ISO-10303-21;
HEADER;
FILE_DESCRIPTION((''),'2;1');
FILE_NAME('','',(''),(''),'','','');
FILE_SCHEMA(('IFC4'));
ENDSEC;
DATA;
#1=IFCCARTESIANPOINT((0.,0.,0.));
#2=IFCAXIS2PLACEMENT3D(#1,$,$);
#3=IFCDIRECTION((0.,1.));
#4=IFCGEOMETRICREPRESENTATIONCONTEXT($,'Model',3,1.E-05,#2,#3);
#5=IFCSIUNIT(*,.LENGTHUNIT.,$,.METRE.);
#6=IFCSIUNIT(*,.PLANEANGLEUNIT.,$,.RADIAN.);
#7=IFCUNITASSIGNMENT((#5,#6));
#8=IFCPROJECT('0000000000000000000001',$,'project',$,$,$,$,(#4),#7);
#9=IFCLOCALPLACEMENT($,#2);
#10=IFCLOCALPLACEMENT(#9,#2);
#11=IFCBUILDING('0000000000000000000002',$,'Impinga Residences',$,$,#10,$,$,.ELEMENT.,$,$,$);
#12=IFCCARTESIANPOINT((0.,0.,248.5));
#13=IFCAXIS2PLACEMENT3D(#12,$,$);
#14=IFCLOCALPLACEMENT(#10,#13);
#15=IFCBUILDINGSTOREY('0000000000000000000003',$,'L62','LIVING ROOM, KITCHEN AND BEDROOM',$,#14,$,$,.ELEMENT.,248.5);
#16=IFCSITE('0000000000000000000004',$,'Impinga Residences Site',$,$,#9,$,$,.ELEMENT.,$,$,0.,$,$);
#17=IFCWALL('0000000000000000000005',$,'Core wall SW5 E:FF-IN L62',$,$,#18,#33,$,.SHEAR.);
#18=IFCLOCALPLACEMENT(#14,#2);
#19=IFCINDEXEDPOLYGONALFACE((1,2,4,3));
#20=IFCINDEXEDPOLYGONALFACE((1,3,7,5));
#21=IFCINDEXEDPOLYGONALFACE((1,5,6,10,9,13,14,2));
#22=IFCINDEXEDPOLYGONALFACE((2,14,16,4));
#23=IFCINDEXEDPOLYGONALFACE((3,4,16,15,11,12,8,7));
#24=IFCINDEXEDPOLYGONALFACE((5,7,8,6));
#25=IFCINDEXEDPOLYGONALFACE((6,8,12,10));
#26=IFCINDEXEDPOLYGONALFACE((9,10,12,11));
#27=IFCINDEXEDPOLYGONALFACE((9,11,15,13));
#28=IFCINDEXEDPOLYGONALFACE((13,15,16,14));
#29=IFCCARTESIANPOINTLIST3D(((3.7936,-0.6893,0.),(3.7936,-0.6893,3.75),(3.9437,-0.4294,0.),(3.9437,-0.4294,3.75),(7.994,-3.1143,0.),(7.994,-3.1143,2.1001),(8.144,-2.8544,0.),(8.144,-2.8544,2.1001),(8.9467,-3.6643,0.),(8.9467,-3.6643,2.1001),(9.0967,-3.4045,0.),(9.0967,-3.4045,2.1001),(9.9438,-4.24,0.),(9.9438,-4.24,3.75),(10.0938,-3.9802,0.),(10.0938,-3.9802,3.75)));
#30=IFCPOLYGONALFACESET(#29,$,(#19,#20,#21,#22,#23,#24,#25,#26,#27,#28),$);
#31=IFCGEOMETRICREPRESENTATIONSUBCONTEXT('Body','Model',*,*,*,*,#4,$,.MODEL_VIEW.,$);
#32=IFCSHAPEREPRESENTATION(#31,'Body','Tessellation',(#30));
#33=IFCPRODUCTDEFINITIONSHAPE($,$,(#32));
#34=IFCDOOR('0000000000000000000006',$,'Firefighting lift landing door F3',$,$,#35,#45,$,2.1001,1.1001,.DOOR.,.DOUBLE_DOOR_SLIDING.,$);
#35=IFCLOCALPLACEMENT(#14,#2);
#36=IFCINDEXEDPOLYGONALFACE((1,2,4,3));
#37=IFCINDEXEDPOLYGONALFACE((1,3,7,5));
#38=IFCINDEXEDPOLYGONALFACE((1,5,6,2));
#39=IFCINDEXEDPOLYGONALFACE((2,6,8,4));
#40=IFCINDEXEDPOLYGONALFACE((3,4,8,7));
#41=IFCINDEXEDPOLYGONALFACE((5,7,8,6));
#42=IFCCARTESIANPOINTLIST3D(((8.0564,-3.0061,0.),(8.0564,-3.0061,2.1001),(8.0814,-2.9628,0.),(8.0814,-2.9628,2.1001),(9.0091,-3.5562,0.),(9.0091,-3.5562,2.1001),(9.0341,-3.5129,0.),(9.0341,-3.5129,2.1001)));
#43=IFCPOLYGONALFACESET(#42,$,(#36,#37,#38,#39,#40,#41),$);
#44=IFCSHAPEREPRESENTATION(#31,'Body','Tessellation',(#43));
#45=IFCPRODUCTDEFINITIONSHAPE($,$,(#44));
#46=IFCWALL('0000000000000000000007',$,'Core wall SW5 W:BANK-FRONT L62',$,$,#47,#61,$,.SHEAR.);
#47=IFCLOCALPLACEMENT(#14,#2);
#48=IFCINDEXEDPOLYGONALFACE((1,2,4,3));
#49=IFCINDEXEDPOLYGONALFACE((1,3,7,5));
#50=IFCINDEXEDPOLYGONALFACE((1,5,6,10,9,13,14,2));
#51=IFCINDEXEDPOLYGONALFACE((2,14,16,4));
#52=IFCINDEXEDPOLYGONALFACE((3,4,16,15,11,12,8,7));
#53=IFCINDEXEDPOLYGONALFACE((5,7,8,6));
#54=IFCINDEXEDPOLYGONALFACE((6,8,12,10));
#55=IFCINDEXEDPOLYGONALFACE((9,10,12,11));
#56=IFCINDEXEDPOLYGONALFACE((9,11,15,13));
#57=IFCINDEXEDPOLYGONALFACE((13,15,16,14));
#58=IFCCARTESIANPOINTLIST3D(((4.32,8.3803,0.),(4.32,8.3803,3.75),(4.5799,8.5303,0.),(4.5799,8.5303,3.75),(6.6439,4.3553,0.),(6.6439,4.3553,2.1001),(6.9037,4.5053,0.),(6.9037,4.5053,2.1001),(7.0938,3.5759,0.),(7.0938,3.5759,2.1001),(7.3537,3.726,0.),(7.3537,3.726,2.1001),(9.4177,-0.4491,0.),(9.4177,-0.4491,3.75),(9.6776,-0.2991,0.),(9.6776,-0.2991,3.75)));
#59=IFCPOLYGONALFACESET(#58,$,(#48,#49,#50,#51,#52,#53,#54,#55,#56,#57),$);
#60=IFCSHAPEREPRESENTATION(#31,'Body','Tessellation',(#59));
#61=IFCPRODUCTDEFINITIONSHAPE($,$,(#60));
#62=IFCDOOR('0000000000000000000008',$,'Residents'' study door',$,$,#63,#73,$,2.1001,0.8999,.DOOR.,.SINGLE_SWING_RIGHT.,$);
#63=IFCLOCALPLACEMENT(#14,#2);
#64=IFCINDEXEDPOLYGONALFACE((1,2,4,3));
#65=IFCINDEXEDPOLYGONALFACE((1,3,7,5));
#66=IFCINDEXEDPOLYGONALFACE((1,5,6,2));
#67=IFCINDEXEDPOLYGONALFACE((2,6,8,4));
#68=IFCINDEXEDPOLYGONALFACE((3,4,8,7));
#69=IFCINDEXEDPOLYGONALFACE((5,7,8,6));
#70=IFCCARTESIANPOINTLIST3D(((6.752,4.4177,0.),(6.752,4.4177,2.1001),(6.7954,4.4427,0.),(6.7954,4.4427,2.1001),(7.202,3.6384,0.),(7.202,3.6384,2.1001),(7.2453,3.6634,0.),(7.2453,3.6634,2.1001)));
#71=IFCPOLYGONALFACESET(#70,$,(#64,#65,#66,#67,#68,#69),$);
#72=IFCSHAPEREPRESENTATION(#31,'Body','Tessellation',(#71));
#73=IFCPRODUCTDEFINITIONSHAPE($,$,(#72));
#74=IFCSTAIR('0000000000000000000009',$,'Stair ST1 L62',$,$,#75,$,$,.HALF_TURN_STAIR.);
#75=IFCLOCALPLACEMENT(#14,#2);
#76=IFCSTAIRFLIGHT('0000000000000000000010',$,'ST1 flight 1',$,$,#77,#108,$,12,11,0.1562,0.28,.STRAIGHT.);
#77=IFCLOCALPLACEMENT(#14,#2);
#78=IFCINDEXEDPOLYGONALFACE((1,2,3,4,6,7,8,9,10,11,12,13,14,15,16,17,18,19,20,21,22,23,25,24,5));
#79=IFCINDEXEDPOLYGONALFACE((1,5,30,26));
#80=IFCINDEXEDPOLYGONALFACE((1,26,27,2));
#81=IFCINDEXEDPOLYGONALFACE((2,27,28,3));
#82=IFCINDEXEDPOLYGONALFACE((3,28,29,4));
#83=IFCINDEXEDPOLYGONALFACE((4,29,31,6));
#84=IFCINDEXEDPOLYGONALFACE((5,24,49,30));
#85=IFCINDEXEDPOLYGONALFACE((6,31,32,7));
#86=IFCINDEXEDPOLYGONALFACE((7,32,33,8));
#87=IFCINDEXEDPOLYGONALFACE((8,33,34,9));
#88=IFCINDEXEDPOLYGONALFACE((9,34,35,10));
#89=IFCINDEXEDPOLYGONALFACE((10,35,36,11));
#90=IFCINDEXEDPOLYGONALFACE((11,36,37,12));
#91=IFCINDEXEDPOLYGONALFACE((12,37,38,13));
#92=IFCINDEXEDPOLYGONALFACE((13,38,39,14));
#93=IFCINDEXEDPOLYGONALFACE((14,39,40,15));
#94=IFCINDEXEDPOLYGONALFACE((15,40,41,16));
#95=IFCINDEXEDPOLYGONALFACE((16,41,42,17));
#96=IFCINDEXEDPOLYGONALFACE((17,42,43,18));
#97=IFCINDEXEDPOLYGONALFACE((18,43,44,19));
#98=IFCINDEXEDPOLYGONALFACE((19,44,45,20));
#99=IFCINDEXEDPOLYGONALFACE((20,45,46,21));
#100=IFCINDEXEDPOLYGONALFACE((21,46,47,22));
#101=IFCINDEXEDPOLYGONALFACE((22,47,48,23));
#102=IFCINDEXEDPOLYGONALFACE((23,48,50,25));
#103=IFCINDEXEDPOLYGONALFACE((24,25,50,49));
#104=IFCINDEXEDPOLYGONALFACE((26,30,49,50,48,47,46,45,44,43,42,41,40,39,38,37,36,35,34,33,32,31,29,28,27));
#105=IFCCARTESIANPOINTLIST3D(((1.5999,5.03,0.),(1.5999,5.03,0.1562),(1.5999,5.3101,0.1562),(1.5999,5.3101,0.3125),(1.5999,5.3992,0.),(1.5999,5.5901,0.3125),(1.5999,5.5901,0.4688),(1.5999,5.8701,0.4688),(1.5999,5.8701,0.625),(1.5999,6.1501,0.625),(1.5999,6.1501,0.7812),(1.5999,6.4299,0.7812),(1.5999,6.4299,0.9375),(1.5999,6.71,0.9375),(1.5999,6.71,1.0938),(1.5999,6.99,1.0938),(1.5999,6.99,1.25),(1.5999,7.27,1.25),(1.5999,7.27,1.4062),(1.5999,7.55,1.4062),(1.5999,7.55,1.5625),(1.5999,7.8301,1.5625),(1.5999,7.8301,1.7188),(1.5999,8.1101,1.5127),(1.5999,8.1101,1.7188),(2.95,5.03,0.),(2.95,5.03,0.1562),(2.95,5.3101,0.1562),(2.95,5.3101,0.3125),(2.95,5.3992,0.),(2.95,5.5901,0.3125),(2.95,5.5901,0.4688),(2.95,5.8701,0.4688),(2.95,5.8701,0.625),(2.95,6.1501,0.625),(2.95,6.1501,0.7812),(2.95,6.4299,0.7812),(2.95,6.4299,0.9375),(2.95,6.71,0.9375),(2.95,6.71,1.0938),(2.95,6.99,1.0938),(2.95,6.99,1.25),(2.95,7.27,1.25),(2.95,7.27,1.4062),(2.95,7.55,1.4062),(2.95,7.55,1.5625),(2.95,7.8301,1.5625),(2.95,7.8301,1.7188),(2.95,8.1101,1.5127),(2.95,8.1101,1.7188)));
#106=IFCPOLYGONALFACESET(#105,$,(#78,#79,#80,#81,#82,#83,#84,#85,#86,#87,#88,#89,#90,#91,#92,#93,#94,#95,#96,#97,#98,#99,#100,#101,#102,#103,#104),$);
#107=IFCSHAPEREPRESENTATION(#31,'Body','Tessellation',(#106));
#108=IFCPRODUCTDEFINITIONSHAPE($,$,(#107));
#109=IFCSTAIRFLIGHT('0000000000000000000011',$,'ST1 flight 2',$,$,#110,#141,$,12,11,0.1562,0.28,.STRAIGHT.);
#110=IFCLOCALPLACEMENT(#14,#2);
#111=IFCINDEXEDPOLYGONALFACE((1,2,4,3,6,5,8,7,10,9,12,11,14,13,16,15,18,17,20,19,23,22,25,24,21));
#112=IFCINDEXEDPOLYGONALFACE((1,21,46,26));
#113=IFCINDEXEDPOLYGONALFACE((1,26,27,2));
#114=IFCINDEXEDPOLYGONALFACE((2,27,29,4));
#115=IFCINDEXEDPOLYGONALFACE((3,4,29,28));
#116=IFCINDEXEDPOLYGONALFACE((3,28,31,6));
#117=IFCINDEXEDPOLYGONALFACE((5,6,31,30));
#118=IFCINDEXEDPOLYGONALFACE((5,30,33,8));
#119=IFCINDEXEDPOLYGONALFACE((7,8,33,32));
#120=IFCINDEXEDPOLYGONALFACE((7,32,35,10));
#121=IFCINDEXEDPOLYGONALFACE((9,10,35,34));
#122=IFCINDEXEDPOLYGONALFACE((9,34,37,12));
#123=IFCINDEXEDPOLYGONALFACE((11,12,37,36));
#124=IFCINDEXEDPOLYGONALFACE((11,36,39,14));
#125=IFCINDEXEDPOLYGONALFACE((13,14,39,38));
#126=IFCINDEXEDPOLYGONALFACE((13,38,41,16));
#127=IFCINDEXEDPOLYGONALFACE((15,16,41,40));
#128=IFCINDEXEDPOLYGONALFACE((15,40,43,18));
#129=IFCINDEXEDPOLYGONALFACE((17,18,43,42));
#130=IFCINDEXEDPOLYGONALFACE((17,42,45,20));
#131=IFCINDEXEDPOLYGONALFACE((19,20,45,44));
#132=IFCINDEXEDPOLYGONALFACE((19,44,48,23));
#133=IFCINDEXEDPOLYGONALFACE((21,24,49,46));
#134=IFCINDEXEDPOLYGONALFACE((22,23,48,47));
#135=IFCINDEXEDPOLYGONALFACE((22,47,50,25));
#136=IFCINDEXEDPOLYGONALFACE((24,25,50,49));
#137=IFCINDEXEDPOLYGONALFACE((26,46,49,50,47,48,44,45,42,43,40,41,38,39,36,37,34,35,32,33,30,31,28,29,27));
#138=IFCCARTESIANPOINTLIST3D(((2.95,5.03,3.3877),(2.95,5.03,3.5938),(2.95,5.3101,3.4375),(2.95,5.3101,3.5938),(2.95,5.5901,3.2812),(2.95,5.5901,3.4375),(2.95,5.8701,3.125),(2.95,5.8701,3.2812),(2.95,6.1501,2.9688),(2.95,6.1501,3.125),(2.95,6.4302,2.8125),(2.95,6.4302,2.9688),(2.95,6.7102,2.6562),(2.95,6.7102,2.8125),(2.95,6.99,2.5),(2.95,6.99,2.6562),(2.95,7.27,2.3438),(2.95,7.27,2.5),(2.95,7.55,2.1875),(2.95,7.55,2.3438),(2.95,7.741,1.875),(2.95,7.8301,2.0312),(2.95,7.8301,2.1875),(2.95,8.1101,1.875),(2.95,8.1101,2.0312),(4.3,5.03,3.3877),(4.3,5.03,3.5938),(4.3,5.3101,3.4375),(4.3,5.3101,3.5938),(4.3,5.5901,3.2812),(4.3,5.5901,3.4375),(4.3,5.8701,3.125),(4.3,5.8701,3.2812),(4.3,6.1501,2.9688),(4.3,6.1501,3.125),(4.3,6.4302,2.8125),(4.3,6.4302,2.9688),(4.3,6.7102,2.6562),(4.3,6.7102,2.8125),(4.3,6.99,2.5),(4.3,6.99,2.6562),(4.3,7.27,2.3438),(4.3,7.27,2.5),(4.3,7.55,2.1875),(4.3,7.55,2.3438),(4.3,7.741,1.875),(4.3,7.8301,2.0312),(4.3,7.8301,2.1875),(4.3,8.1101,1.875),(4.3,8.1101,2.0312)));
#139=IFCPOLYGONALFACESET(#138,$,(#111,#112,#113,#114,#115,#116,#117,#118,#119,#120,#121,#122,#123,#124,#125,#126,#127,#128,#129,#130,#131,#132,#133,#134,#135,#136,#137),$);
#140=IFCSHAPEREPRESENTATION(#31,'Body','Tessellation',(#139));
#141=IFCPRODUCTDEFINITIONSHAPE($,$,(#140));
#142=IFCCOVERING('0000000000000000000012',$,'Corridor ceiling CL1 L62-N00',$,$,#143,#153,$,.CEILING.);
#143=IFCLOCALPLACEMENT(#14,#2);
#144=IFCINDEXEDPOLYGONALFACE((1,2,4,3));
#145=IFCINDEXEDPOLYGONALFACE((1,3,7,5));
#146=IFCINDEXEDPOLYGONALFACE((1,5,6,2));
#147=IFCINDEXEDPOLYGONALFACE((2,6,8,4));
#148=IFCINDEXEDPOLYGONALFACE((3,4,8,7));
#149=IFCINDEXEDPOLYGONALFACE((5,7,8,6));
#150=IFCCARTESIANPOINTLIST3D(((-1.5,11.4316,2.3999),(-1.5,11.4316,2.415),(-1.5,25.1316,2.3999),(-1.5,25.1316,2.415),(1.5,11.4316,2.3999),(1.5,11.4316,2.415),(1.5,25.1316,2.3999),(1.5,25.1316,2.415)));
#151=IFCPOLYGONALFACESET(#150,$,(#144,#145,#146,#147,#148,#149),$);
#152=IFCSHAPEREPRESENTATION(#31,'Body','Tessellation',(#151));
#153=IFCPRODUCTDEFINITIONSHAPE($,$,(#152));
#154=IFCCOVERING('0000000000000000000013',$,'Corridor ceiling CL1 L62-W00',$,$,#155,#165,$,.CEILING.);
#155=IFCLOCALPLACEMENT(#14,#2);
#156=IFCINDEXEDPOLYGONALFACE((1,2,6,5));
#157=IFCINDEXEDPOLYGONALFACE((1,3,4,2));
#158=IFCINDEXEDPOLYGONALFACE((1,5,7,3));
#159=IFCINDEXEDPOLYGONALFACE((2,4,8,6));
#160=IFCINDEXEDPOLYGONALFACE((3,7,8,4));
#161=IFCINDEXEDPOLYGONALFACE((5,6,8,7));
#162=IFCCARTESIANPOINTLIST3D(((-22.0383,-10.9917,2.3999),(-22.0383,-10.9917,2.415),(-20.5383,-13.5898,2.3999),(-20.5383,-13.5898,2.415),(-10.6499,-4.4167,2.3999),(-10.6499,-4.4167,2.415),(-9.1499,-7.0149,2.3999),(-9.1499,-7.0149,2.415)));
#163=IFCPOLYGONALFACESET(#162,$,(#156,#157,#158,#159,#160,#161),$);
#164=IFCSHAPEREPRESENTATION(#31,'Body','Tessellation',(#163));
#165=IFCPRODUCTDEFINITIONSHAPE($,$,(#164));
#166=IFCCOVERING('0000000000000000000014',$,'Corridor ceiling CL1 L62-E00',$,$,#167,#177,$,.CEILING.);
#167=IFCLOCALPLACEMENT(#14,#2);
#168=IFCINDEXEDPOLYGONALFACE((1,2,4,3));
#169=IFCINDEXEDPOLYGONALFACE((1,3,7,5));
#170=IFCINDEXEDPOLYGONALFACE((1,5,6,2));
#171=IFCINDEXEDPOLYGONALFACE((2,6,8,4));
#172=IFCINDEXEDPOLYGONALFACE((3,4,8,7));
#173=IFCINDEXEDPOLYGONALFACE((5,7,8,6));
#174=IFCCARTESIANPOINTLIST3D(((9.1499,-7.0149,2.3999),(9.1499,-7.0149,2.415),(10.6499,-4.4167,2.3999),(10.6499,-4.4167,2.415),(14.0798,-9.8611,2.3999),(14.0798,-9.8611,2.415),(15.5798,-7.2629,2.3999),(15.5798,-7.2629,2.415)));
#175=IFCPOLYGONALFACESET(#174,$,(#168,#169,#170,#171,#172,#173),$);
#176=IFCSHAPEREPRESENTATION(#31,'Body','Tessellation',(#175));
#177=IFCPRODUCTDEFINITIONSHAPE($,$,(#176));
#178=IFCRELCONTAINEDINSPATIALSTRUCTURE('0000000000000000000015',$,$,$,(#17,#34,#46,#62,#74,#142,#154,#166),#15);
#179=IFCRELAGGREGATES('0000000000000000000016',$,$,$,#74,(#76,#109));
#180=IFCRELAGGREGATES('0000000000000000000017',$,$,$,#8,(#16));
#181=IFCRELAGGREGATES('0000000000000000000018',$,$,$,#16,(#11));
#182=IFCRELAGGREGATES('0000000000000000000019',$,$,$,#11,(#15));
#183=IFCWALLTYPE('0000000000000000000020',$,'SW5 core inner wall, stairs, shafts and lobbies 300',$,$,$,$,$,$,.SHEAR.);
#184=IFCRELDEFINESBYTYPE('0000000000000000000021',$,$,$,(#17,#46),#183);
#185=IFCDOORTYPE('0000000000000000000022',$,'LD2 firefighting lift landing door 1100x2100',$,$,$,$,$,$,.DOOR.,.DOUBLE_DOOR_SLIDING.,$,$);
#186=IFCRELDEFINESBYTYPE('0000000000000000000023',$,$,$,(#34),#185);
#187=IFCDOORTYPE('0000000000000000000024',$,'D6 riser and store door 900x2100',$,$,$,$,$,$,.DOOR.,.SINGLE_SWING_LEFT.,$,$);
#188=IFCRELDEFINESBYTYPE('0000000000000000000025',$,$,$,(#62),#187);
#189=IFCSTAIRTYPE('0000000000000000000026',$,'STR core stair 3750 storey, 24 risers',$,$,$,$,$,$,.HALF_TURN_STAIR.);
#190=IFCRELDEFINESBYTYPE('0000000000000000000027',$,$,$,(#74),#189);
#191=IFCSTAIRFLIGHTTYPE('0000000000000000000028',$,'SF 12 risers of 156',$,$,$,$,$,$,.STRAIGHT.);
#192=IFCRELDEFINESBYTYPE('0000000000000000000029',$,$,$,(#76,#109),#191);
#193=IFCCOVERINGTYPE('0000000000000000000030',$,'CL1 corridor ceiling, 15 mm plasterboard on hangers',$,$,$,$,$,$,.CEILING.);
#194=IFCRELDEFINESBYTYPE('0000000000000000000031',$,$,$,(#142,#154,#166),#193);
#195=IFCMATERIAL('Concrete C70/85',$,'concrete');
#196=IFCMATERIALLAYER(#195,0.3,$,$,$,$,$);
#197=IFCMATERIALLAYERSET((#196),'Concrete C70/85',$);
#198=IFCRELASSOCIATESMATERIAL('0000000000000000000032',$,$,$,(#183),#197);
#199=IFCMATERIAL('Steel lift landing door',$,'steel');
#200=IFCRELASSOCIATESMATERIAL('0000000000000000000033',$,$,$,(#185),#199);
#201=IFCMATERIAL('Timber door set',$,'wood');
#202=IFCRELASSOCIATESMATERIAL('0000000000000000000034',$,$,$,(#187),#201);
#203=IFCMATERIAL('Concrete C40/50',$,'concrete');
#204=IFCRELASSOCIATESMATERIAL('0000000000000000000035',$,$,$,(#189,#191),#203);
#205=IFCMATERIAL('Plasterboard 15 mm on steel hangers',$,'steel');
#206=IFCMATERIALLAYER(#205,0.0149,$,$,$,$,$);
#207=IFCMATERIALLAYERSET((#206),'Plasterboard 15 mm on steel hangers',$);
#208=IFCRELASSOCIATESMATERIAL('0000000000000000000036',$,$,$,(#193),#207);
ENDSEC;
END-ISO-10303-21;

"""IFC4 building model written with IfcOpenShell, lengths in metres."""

from ifc_helpers import new_model, si_unit, direction, frame, frame_2d, origin, place, context, subcontext, project, spatial, polyline, rectangle, outline, extrude, material, layer, layer_set, type_object, element, fill, aggregate, save


model = new_model("IFC4")

# Units and contexts
model_context = context("Model", 3, precision=1e-05, world=origin(), true_north=direction((0.0, 1.0)))
body_context = subcontext(model_context, "Body", "Model", "MODEL_VIEW")
ifc_project = project(units=[si_unit("LENGTHUNIT", "METRE"), si_unit("PLANEANGLEUNIT", "RADIAN")], contexts=[model_context])

# Site, building, storey
site_placement = place(None, origin())
site = spatial("IfcSite", under=ifc_project, at=site_placement, Name="Impinga Residences Site", CompositionType="ELEMENT", RefElevation=0.0)
building_placement = place(site_placement, origin())
building = spatial("IfcBuilding", under=site, at=building_placement, Name="Impinga Residences", CompositionType="ELEMENT")
storey_placement = place(building_placement, frame((0.0, 0.0, 248.5)))
storey = spatial("IfcBuildingStorey", under=building, at=storey_placement, Name="L62", Description="LIVING ROOM, KITCHEN AND BEDROOM", CompositionType="ELEMENT", Elevation=248.5)

# Shared definitions
ifc_material_1 = material(Name="Concrete C40/50", Category="concrete")

# Shared definitions
ifc_material_2 = material(Name="Timber door set", Category="wood")

# Shared definitions
ifc_material_3 = material(Name="Concrete C70/85", Category="concrete")
ifc_layer_1 = layer(ifc_material_3, 0.3)
ifc_layer_set_1 = layer_set([ifc_layer_1], Name="Concrete C70/85")
wall_type_1 = type_object("IfcWallType", Name="SW5 core inner wall, stairs, shafts and lobbies 300", PredefinedType="SHEAR", material=ifc_layer_set_1)

# Walls, openings, doors
wall_1_placement = place(storey_placement, frame((3.8687, -0.5593, 0.0), z_axis=(0.0, 0.0, 1.0), x_axis=(0.866026, -0.499999, 0.0)))
wall_1 = element("IfcWall", 1, at=wall_1_placement, inside=storey, type_object=wall_type_1, Name="Core wall SW5 E:FF-IN L62", PredefinedType="SHEAR", context=body_context, shape_type="SweptSolid", body=[
    extrude(rectangle(XDim=7.1016, YDim=0.3, at=frame_2d((3.5508, 0.0))), origin(), (0.0, 0.0, 1.0), 3.75),
])
opening_1_placement = place(wall_1_placement, frame((4.8501, 0.0, 0.0)))
opening_1 = element("IfcOpeningElement", 2, at=opening_1_placement, cuts=wall_1, PredefinedType="OPENING", context=body_context, shape_type="SweptSolid", body=[
    extrude(rectangle(XDim=1.1001, YDim=2.1001, at=frame_2d((0.55, 1.05))), frame((0.0, 0.1599, 0.0), z_axis=(0.0, -1.0, 0.0), x_axis=(1.0, 0.0, 0.0)), (0.0, 0.0, 1.0), 0.3201),
])
ifc_material_4 = material(Name="Steel lift landing door", Category="steel")
door_type_1 = type_object("IfcDoorType", Name="LD2 firefighting lift landing door 1100x2100", OperationType="DOUBLE_DOOR_SLIDING", PredefinedType="DOOR", material=ifc_material_4)
door_1_placement = place(opening_1_placement, origin())
door_1 = element("IfcDoor", 3, at=door_1_placement, inside=storey, type_object=door_type_1, Name="Firefighting lift landing door F3", OperationType="DOUBLE_DOOR_SLIDING", OverallHeight=2.1001, OverallWidth=1.1001, PredefinedType="DOOR", context=body_context, shape_type="SweptSolid", body=[
    extrude(rectangle(XDim=1.1001, YDim=2.1001, at=frame_2d((0.55, 1.05))), frame((0.0, 0.0249, 0.0), z_axis=(0.0, -1.0, 0.0), x_axis=(1.0, 0.0, 0.0)), (0.0, 0.0, 1.0), 0.05),
])
fill(opening_1, door_1)
wall_2_placement = place(storey_placement, frame((4.45, 8.4553, 0.0), z_axis=(0.0, 0.0, 1.0), x_axis=(0.500002, -0.866024, 0.0)))
wall_2 = element("IfcWall", 4, at=wall_2_placement, inside=storey, type_object=wall_type_1, Name="Core wall SW5 W:BANK-FRONT L62", PredefinedType="SHEAR", context=body_context, shape_type="SweptSolid", body=[
    extrude(rectangle(XDim=10.1953, YDim=0.3, at=frame_2d((5.0977, 0.0))), origin(), (0.0, 0.0, 1.0), 3.75),
])
opening_2_placement = place(wall_2_placement, frame((4.6477, 0.0, 0.0)))
opening_2 = element("IfcOpeningElement", 5, at=opening_2_placement, cuts=wall_2, PredefinedType="OPENING", context=body_context, shape_type="SweptSolid", body=[
    extrude(rectangle(XDim=0.8999, YDim=2.1001, at=frame_2d((0.45, 1.05))), frame((0.0, 0.1599, 0.0), z_axis=(0.0, -1.0, 0.0), x_axis=(1.0, 0.0, 0.0)), (0.0, 0.0, 1.0), 0.3201),
])
door_type_2 = type_object("IfcDoorType", Name="D6 riser and store door 900x2100", OperationType="SINGLE_SWING_LEFT", PredefinedType="DOOR", material=ifc_material_2)
door_2_placement = place(opening_2_placement, origin())
door_2 = element("IfcDoor", 6, at=door_2_placement, inside=storey, type_object=door_type_2, Name="Residents' study door", OperationType="SINGLE_SWING_RIGHT", OverallHeight=2.1001, OverallWidth=0.8999, PredefinedType="DOOR", context=body_context, shape_type="SweptSolid", body=[
    extrude(rectangle(XDim=0.8999, YDim=2.1001, at=frame_2d((0.45, 1.05))), frame((0.0, 0.0249, 0.0), z_axis=(0.0, -1.0, 0.0), x_axis=(1.0, 0.0, 0.0)), (0.0, 0.0, 1.0), 0.05),
])
fill(opening_2, door_2)

# Stair, stair flights
stair_type_1 = type_object("IfcStairType", Name="STR core stair 3750 storey, 24 risers", PredefinedType="HALF_TURN_STAIR", material=ifc_material_1)
stair_1_placement = place(storey_placement, origin())
stair_1 = element("IfcStair", 7, at=stair_1_placement, inside=storey, type_object=stair_type_1, Name="Stair ST1 L62", PredefinedType="HALF_TURN_STAIR")
stair_flight_type = type_object("IfcStairFlightType", Name="SF 12 risers of 156", PredefinedType="STRAIGHT", material=ifc_material_1)
stair_flight_1_placement = place(storey_placement, frame((2.2749, 5.03, 0.0), z_axis=(0.0, 0.0, 1.0), x_axis=(0.0, 1.0, 0.0)))
stair_flight_1 = element("IfcStairFlight", 8, at=stair_flight_1_placement, type_object=stair_flight_type, Name="ST1 flight 1", NumberOfRisers=12, NumberOfTreads=11, PredefinedType="STRAIGHT", RiserHeight=0.1562, TreadLength=0.28, context=body_context, shape_type="SweptSolid", body=[
    extrude(outline(polyline([(0.0, 0.0), (0.0, 0.1562), (0.28, 0.1562), (0.28, 0.3125), (0.5601, 0.3125), (0.5601, 0.4688), (0.8401, 0.4688), (0.8401, 0.625), (1.1201, 0.625), (1.1201, 0.7812), (1.3999, 0.7812), (1.3999, 0.9375), (1.6799, 0.9375), (1.6799, 1.0938), (1.96, 1.0938), (1.96, 1.25), (2.24, 1.25), (2.24, 1.4062), (2.52, 1.4062), (2.52, 1.5625), (2.8, 1.5625), (2.8, 1.7188), (3.0801, 1.7188), (3.0801, 1.875), (3.0801, 1.5127), (0.3691, 0.0), (0.0, 0.0)])), frame((0.0, 0.675, 0.0), z_axis=(0.0, -1.0, 0.0), x_axis=(1.0, 0.0, 0.0)), (0.0, 0.0, 1.0), 1.3501),
])
stair_flight_2_placement = place(storey_placement, frame((3.625, 8.1101, 1.875), z_axis=(0.0, 0.0, 1.0), x_axis=(0.0, -1.0, 0.0)))
stair_flight_2 = element("IfcStairFlight", 9, at=stair_flight_2_placement, type_object=stair_flight_type, Name="ST1 flight 2", NumberOfRisers=12, NumberOfTreads=11, PredefinedType="STRAIGHT", RiserHeight=0.1562, TreadLength=0.28, context=body_context, shape_type="SweptSolid", body=[
    extrude(outline(polyline([(0.0, 0.0), (0.0, 0.1562), (0.28, 0.1562), (0.28, 0.3125), (0.5601, 0.3125), (0.5601, 0.4688), (0.8401, 0.4688), (0.8401, 0.625), (1.1201, 0.625), (1.1201, 0.7812), (1.3999, 0.7812), (1.3999, 0.9375), (1.6799, 0.9375), (1.6799, 1.0938), (1.96, 1.0938), (1.96, 1.25), (2.24, 1.25), (2.24, 1.4062), (2.52, 1.4062), (2.52, 1.5625), (2.8, 1.5625), (2.8, 1.7188), (3.0801, 1.7188), (3.0801, 1.875), (3.0801, 1.5127), (0.3691, 0.0), (0.0, 0.0)])), frame((0.0, 0.675, 0.0), z_axis=(0.0, -1.0, 0.0), x_axis=(1.0, 0.0, 0.0)), (0.0, 0.0, 1.0), 1.3501),
])
aggregate(stair_1, [stair_flight_1, stair_flight_2])

# Coverings
ifc_material_5 = material(Name="Plasterboard 15 mm on steel hangers", Category="steel")
ifc_layer_2 = layer(ifc_material_5, 0.0149)
ifc_layer_set_2 = layer_set([ifc_layer_2], Name="Plasterboard 15 mm on steel hangers")
covering_type_1 = type_object("IfcCoveringType", Name="CL1 corridor ceiling, 15 mm plasterboard on hangers", PredefinedType="CEILING", material=ifc_layer_set_2)
covering_1_placement = place(storey_placement, frame((0.0, 0.0, 2.3999)))
element("IfcCovering", 10, at=covering_1_placement, inside=storey, type_object=covering_type_1, Name="Corridor ceiling CL1 L62-N00", PredefinedType="CEILING", context=body_context, shape_type="SweptSolid", body=[
    extrude(outline(polyline([(-1.5, 11.4316), (1.5, 11.4316), (1.5, 25.1316), (-1.5, 25.1316), (-1.5, 11.4316)])), origin(), (0.0, 0.0, 1.0), 0.0151),
])
covering_2_placement = place(storey_placement, frame((0.0, 0.0, 2.3999)))
element("IfcCovering", 11, at=covering_2_placement, inside=storey, type_object=covering_type_1, Name="Corridor ceiling CL1 L62-W00", PredefinedType="CEILING", context=body_context, shape_type="SweptSolid", body=[
    extrude(outline(polyline([(-9.1499, -7.0149), (-10.6499, -4.4167), (-22.0383, -10.9917), (-20.5383, -13.5898), (-9.1499, -7.0149)])), origin(), (0.0, 0.0, 1.0), 0.0151),
])
covering_3_placement = place(storey_placement, frame((0.0, 0.0, 2.3999)))
element("IfcCovering", 12, at=covering_3_placement, inside=storey, type_object=covering_type_1, Name="Corridor ceiling CL1 L62-E00", PredefinedType="CEILING", context=body_context, shape_type="SweptSolid", body=[
    extrude(outline(polyline([(9.1499, -7.0149), (10.6499, -4.4167), (15.5798, -7.2629), (14.0798, -9.8611), (9.1499, -7.0149)])), origin(), (0.0, 0.0, 1.0), 0.0151),
])

save(model, "model.ifc")
